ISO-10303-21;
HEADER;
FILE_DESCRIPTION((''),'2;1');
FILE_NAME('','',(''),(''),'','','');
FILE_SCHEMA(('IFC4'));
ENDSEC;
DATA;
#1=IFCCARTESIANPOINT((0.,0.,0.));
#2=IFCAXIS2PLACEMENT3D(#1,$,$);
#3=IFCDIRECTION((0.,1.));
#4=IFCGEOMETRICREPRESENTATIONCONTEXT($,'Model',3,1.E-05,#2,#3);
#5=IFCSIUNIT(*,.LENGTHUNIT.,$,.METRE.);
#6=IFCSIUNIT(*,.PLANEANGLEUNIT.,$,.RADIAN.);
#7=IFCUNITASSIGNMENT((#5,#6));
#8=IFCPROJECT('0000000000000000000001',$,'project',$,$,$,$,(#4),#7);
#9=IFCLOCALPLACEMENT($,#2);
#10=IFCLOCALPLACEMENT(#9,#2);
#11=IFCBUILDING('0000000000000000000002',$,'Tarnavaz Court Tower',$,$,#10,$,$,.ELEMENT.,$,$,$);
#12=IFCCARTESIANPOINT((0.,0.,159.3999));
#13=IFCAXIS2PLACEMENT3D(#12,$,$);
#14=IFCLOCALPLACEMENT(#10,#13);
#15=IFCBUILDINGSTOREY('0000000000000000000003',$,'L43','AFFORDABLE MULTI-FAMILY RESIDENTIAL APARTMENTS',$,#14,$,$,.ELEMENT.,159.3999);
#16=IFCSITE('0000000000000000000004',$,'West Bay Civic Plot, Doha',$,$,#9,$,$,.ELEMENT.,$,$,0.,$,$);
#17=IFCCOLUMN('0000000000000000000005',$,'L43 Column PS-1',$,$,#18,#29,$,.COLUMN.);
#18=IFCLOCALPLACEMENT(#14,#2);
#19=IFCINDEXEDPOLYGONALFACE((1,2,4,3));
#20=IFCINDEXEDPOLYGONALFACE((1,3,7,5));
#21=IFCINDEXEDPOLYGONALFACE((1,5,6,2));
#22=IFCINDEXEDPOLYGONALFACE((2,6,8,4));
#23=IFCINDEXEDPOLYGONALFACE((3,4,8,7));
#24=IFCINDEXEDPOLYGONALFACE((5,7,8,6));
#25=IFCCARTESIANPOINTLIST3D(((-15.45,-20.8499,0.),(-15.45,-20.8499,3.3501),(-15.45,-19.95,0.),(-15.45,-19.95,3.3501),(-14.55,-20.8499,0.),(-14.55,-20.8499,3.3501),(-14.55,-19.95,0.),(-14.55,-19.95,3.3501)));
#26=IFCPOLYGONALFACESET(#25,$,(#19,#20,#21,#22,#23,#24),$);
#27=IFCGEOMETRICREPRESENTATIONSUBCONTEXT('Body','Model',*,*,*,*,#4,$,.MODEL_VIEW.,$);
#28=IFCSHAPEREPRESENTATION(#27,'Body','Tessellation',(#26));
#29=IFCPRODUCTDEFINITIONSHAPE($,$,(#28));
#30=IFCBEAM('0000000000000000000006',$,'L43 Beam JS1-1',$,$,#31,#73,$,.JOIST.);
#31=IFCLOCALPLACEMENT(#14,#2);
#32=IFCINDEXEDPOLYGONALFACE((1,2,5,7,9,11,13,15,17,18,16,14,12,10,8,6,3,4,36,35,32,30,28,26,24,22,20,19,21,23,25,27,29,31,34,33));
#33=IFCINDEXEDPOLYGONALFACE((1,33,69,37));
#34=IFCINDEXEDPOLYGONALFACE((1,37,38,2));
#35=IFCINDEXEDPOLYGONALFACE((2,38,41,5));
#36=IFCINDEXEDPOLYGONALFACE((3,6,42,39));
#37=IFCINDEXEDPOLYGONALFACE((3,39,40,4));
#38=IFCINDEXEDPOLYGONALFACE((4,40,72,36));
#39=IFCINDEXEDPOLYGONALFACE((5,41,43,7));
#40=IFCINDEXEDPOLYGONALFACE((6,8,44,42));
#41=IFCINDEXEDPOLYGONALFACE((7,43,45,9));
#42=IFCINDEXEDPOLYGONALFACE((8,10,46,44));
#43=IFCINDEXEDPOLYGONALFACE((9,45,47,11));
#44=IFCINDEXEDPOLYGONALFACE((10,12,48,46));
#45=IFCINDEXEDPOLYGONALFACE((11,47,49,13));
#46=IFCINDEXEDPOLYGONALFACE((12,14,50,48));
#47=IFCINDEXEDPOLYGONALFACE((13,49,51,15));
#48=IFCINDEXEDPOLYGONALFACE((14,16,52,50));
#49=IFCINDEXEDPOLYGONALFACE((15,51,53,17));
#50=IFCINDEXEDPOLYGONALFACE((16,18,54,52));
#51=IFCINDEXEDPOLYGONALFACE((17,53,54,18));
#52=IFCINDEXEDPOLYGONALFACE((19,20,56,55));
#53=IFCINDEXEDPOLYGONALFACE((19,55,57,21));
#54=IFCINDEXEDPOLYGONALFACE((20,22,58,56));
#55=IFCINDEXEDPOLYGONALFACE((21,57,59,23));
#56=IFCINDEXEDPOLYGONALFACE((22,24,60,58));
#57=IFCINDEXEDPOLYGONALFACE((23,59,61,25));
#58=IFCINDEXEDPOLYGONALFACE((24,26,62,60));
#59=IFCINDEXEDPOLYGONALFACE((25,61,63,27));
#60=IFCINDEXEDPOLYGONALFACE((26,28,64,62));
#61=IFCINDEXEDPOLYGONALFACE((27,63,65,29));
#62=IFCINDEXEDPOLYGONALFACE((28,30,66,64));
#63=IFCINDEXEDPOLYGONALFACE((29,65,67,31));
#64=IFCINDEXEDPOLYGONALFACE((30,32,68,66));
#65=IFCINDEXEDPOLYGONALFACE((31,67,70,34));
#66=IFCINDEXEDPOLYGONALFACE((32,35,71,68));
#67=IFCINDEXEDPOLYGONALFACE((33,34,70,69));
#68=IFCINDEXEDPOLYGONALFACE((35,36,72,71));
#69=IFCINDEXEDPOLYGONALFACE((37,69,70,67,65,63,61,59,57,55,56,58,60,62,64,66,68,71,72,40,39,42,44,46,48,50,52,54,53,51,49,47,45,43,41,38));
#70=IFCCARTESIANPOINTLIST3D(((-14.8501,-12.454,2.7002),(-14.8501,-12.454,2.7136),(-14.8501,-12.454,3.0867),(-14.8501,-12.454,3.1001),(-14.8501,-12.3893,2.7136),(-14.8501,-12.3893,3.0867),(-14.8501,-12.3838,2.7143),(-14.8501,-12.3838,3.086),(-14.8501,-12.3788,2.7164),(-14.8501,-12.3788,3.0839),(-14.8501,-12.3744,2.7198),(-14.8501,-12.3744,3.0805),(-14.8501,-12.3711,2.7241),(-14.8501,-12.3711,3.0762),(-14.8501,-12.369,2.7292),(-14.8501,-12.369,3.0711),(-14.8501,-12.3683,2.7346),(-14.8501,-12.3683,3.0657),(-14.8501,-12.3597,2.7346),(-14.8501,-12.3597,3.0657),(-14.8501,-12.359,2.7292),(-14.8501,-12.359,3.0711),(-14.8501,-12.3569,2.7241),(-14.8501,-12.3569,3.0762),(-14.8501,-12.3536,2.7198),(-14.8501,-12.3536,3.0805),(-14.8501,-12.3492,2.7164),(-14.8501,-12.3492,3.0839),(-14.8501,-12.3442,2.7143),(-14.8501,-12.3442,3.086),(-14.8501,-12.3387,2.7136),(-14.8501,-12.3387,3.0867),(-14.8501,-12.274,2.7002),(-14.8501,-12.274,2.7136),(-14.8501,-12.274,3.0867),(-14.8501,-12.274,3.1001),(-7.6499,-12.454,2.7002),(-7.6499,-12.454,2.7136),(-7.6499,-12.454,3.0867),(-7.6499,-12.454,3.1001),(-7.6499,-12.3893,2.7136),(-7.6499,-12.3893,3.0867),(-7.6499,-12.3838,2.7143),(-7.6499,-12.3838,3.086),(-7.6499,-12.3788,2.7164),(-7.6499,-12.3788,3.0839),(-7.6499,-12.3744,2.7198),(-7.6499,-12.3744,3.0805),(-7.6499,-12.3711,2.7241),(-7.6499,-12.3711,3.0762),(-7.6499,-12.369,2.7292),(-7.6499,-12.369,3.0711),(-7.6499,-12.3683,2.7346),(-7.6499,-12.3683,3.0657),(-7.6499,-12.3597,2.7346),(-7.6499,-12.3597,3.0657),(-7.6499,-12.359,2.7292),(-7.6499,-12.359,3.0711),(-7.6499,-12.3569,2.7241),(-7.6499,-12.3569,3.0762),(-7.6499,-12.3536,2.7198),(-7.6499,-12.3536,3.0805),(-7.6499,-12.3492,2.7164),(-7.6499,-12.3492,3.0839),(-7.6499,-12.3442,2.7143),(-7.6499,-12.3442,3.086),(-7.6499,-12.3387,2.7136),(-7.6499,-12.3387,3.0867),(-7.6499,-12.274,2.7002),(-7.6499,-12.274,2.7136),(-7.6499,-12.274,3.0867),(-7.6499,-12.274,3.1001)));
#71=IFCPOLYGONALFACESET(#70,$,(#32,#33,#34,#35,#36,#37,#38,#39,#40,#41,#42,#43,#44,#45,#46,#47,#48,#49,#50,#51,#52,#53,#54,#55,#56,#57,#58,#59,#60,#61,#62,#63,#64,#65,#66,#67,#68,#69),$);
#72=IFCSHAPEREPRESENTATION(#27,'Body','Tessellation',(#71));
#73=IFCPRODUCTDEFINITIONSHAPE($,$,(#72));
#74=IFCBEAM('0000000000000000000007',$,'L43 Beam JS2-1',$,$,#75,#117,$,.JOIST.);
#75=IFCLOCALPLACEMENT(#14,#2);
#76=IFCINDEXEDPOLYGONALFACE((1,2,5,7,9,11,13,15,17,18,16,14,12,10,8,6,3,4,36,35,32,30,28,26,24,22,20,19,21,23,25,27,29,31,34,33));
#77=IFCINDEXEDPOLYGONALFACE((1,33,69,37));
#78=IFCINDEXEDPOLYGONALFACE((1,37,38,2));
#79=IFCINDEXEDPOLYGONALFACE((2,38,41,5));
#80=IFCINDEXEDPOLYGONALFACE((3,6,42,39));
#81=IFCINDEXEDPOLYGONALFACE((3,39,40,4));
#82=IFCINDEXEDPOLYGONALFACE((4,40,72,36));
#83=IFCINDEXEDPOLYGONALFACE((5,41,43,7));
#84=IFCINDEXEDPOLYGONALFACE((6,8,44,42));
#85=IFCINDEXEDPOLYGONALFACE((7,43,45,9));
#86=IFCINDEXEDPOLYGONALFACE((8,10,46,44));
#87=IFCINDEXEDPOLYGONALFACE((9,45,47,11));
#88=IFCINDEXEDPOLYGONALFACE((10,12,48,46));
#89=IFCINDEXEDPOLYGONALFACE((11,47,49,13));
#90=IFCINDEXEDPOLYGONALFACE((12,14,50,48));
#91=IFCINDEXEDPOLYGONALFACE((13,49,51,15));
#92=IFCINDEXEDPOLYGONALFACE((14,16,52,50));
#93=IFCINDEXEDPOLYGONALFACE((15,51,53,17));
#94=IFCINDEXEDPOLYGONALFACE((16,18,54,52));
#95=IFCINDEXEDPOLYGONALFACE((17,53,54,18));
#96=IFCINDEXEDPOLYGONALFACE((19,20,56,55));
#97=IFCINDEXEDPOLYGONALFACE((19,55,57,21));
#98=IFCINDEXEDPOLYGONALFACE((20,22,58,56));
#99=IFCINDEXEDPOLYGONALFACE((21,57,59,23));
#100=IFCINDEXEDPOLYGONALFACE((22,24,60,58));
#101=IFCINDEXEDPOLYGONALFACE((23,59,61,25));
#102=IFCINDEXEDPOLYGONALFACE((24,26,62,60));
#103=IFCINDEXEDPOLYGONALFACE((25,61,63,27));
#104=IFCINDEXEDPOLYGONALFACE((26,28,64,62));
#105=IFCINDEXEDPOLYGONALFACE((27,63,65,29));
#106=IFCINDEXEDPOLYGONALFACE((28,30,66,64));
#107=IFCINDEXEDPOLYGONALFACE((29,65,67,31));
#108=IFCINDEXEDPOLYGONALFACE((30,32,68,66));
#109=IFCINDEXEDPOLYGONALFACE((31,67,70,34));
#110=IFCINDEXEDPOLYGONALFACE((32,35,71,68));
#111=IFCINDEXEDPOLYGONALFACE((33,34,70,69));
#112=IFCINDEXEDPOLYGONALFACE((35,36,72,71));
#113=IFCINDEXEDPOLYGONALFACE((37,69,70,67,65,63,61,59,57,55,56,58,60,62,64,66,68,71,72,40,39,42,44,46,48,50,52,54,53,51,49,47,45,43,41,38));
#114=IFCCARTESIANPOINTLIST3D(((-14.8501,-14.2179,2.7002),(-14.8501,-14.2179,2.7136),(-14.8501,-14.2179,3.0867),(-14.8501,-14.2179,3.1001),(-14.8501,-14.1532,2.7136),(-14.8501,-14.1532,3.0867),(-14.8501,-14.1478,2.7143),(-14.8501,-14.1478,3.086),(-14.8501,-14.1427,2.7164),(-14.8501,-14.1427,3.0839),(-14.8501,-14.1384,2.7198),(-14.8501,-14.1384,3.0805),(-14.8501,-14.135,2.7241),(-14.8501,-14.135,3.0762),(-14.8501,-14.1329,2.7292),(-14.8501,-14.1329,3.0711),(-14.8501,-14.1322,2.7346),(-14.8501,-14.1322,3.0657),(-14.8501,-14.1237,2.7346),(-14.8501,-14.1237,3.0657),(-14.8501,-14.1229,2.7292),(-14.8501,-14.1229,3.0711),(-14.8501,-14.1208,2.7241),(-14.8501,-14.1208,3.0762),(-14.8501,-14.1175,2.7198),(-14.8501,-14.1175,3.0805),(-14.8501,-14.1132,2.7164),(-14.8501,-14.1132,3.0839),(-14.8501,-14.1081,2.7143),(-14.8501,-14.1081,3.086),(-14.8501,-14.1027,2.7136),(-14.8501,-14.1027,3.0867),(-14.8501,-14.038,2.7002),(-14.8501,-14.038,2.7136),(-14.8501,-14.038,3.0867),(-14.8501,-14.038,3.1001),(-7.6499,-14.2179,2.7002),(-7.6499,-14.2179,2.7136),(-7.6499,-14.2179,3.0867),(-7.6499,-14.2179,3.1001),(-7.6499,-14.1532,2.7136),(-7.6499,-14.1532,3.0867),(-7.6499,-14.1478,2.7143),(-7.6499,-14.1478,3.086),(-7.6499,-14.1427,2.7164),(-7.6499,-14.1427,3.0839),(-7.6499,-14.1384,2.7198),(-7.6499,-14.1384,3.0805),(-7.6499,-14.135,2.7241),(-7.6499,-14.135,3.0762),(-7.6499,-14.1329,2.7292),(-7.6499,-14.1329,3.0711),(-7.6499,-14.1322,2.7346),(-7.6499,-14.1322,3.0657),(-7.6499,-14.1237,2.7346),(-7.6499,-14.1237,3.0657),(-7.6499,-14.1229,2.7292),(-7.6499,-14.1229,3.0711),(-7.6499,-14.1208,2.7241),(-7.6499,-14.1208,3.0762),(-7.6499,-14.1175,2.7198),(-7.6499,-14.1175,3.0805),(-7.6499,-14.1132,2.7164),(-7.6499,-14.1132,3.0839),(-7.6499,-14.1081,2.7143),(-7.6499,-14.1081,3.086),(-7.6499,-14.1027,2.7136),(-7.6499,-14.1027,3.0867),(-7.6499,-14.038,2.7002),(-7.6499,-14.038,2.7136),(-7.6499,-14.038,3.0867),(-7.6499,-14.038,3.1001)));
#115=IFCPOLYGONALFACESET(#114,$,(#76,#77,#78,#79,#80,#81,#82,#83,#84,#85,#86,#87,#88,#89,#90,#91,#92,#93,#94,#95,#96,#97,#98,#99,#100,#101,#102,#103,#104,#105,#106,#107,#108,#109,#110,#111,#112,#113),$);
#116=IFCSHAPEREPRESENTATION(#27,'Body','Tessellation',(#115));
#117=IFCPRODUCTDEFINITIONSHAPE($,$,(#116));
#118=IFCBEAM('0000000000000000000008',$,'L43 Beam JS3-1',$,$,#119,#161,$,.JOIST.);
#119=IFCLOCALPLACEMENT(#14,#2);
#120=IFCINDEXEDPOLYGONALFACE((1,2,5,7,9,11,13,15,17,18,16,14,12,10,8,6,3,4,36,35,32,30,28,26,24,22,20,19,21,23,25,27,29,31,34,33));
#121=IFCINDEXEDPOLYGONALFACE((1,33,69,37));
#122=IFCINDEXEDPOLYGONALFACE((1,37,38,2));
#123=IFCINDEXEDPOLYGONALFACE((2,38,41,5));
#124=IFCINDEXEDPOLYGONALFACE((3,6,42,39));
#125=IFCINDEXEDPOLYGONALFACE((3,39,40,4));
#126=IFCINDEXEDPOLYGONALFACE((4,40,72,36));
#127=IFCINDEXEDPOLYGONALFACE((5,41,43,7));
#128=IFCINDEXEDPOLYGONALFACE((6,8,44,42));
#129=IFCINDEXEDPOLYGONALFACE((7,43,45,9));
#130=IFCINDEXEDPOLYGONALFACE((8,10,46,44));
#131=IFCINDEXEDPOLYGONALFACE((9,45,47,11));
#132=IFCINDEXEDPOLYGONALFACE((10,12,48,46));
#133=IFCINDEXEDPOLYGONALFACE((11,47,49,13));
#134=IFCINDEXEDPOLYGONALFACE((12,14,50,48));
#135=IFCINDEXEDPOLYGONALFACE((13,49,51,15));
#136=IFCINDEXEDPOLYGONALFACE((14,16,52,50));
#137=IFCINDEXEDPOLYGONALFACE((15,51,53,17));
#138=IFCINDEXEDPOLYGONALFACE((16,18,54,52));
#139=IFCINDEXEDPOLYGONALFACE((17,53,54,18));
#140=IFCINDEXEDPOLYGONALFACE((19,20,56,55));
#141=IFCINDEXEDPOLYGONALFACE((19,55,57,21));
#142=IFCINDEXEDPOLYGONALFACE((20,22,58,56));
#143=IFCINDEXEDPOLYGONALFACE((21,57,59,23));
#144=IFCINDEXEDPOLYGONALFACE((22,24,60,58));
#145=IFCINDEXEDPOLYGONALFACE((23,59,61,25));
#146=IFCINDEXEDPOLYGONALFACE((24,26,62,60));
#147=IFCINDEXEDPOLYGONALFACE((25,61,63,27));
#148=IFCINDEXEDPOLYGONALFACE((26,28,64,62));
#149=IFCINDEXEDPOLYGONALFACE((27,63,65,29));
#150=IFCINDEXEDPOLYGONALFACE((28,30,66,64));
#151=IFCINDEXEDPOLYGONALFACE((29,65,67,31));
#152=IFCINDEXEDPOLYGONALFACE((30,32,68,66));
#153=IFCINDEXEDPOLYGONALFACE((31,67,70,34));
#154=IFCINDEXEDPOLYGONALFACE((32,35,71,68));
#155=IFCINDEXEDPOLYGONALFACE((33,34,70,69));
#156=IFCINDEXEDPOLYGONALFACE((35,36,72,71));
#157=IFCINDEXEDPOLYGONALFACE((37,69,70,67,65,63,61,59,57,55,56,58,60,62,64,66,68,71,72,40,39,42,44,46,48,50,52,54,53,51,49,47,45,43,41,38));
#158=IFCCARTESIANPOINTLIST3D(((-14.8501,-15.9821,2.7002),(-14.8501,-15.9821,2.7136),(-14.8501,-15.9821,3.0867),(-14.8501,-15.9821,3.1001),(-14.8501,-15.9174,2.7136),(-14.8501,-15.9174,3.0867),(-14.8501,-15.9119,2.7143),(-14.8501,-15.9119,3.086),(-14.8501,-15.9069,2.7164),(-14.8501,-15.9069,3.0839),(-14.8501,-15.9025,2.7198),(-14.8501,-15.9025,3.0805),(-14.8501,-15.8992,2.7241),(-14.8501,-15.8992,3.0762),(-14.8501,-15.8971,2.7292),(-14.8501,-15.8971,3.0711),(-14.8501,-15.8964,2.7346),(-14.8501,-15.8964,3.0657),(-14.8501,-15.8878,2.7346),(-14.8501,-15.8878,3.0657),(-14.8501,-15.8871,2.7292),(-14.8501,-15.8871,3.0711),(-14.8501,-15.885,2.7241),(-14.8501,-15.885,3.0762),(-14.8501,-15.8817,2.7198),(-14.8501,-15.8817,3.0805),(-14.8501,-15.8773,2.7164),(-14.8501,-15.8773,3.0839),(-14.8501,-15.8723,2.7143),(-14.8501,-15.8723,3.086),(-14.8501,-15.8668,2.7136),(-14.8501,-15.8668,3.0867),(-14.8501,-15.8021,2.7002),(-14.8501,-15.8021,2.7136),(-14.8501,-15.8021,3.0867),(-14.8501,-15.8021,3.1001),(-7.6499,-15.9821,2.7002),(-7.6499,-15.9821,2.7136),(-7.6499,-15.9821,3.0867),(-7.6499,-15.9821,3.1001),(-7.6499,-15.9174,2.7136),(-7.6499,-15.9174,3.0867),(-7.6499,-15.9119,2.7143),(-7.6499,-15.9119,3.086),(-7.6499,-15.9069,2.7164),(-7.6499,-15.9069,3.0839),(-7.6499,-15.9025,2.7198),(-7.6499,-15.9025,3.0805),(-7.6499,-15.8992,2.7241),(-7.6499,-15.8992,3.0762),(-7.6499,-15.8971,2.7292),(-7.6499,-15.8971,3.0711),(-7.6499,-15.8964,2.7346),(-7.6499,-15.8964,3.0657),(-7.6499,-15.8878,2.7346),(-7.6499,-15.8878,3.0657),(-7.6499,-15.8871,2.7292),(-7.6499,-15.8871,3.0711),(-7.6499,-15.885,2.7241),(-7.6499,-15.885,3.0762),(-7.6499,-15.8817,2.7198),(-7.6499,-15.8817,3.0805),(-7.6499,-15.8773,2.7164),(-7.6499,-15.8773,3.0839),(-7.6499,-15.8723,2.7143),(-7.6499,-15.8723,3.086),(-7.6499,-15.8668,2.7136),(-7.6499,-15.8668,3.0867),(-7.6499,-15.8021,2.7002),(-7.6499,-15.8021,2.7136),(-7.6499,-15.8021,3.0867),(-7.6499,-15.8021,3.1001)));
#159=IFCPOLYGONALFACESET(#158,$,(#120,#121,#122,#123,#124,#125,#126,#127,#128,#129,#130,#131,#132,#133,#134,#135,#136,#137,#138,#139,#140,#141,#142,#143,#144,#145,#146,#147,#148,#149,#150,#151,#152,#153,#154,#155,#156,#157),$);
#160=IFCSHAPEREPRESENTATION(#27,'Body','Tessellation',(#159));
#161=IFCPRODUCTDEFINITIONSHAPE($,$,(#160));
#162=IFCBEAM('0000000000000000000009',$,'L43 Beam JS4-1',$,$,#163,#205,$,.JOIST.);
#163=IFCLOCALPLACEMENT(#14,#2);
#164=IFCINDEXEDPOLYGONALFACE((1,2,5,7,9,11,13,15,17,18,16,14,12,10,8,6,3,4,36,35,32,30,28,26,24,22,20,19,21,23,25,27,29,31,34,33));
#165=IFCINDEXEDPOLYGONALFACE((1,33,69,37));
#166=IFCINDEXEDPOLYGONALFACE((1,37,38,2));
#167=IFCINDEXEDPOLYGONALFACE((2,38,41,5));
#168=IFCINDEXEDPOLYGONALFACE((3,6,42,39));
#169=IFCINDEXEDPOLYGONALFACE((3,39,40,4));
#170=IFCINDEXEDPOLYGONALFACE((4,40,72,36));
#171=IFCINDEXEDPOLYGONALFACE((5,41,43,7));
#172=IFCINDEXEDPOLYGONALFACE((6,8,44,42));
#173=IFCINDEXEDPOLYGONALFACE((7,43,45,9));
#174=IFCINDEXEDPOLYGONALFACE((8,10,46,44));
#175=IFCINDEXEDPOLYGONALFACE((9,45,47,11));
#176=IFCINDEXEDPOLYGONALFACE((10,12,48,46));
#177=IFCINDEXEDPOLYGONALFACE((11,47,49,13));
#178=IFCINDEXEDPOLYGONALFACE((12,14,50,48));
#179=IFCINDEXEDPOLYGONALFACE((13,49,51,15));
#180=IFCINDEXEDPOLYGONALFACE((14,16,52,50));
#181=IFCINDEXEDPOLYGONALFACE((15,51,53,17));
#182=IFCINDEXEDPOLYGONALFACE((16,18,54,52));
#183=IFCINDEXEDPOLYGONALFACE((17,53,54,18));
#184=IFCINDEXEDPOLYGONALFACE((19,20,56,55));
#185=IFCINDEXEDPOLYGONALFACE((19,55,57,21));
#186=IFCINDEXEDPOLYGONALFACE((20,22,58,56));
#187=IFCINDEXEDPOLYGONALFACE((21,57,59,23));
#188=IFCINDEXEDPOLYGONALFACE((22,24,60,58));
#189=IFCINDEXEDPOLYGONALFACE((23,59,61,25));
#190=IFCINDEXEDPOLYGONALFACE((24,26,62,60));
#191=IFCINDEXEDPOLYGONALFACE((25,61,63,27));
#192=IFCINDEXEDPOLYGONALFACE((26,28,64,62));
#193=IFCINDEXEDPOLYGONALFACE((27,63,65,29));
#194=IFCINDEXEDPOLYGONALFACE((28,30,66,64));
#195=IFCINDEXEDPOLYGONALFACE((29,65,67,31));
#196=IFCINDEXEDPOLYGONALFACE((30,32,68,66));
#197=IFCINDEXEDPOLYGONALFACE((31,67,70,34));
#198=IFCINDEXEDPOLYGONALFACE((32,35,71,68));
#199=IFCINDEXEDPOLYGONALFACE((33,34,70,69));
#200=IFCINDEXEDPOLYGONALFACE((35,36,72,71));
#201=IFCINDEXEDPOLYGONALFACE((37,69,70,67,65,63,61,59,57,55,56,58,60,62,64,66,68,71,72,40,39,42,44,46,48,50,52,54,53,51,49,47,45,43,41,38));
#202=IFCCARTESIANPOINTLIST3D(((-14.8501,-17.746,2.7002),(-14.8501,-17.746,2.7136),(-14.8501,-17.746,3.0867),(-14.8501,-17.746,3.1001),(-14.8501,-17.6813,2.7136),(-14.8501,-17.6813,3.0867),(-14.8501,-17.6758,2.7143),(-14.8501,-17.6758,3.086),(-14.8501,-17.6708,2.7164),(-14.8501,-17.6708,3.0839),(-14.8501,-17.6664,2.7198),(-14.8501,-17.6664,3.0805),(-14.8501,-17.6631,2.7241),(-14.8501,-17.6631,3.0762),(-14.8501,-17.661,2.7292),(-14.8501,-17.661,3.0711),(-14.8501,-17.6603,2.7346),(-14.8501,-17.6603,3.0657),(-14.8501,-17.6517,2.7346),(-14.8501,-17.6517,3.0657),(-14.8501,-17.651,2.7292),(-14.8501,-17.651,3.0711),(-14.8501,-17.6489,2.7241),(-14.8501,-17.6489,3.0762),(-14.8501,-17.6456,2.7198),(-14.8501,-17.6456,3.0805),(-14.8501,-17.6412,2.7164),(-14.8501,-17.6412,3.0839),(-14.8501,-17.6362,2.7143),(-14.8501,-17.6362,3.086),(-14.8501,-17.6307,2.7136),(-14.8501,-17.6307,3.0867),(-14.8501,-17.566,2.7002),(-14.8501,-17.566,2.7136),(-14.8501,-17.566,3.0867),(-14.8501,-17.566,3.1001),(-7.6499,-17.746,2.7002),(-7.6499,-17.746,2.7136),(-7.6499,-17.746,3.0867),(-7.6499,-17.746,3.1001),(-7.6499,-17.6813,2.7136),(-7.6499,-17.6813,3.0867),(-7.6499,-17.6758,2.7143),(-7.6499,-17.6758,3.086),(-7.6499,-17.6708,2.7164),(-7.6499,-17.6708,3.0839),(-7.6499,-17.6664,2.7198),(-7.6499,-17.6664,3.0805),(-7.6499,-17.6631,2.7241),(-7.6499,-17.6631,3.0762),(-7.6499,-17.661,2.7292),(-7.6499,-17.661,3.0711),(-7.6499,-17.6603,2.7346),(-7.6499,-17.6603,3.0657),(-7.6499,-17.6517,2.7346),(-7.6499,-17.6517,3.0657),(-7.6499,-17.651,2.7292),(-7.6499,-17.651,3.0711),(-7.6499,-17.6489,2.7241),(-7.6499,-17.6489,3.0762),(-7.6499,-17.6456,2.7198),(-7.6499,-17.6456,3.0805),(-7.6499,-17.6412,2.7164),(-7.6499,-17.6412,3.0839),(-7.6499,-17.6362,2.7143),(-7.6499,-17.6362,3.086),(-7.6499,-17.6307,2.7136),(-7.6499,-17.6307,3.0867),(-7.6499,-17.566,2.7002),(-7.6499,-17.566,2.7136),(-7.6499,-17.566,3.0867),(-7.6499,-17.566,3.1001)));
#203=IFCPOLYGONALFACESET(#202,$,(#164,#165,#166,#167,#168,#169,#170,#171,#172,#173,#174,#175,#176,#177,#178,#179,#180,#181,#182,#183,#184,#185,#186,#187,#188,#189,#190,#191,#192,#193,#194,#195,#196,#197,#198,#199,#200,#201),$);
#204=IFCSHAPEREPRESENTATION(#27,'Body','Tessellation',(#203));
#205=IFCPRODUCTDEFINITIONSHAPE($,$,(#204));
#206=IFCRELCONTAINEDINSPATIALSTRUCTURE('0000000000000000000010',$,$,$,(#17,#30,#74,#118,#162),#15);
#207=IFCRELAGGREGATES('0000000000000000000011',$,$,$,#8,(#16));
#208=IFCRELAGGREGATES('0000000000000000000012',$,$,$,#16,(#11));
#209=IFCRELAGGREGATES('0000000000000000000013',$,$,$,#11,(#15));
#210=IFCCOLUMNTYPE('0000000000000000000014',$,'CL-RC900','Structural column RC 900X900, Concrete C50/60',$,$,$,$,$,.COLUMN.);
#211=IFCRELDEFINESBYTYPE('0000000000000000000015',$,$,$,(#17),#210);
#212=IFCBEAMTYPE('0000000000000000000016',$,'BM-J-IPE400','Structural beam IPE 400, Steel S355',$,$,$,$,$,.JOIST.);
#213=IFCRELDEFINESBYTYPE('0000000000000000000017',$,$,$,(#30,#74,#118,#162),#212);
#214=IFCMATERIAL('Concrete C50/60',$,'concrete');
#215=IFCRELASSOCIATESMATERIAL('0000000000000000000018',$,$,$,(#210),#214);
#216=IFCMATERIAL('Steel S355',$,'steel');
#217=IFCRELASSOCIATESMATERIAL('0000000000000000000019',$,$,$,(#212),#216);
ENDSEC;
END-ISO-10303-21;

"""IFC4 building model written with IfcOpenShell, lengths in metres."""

from ifc_helpers import new_model, si_unit, direction, frame, origin, origin_2d, place, context, subcontext, project, spatial, rectangle, i_section, extrude, material, material_profile, profile_set, type_object, element, save


model = new_model("IFC4")

# Units and contexts
model_context = context("Model", 3, precision=1e-05, world=origin(), true_north=direction((0.0, 1.0)))
body_context = subcontext(model_context, "Body", "Model", "MODEL_VIEW")
ifc_project = project(units=[si_unit("LENGTHUNIT", "METRE"), si_unit("PLANEANGLEUNIT", "RADIAN")], contexts=[model_context])

# Site, building, storey
site_placement = place(None, origin())
site = spatial("IfcSite", under=ifc_project, at=site_placement, Name="West Bay Civic Plot, Doha", CompositionType="ELEMENT", RefElevation=0.0)
building_placement = place(site_placement, origin())
building = spatial("IfcBuilding", under=site, at=building_placement, Name="Tarnavaz Court Tower", CompositionType="ELEMENT")
storey_placement = place(building_placement, frame((0.0, 0.0, 159.3999)))
storey = spatial("IfcBuildingStorey", under=building, at=storey_placement, Name="L43", Description="AFFORDABLE MULTI-FAMILY RESIDENTIAL APARTMENTS", CompositionType="ELEMENT", Elevation=159.3999)

# Column
ifc_material_1 = material(Name="Concrete C50/60", Category="concrete")
ifc_material_profile_1 = material_profile(ifc_material_1, rectangle(XDim=0.8999, YDim=0.8999, at=origin_2d()), Name="RC 900X900")
ifc_profile_set_1 = profile_set([ifc_material_profile_1], Name="Concrete C50/60")
column_type = type_object("IfcColumnType", Name="CL-RC900", Description="Structural column RC 900X900, Concrete C50/60", PredefinedType="COLUMN", material=ifc_profile_set_1)
column_placement = place(storey_placement, frame((-15.0, -20.3999, 0.0), z_axis=(0.0, 0.0, 1.0), x_axis=(1.0, 0.0, 0.0)))
element("IfcColumn", 1, at=column_placement, inside=storey, type_object=column_type, Name="L43 Column PS-1", PredefinedType="COLUMN", context=body_context, shape_type="SweptSolid", body=[
    extrude(rectangle(XDim=0.8999, YDim=0.8999, at=origin_2d()), origin(), (0.0, 0.0, 1.0), 3.3501),
])

# Beams
ifc_material_2 = material(Name="Steel S355", Category="steel")
ifc_material_profile_2 = material_profile(ifc_material_2, i_section(OverallWidth=0.1799, OverallDepth=0.3999, WebThickness=0.0085, FlangeThickness=0.0134, FilletRadius=0.021, at=origin_2d()), Name="IPE 400")
ifc_profile_set_2 = profile_set([ifc_material_profile_2], Name="Steel S355")
beam_type_1 = type_object("IfcBeamType", Name="BM-J-IPE400", Description="Structural beam IPE 400, Steel S355", PredefinedType="JOIST", material=ifc_profile_set_2)
for number, where, z_axis, x_axis, name in (
    (2, (-14.8501, -12.364, 2.9001), (1.0, 0.0, 0.0), (0.0, 1.0, 0.0), "L43 Beam JS1-1"),
    (3, (-14.8501, -14.1279, 2.9001), (1.0, 0.0, 0.0), (0.0, 1.0, 0.0), "L43 Beam JS2-1"),
    (4, (-14.8501, -15.8921, 2.9001), (1.0, 0.0, 0.0), (0.0, 1.0, 0.0), "L43 Beam JS3-1"),
    (5, (-14.8501, -17.656, 2.9001), (1.0, 0.0, 0.0), (0.0, 1.0, 0.0), "L43 Beam JS4-1"),
):
    element("IfcBeam", number, at=place(storey_placement, frame(where, z_axis=z_axis, x_axis=x_axis)), inside=storey, type_object=beam_type_1, Name=name, PredefinedType="JOIST", context=body_context, shape_type="SweptSolid", body=[
        extrude(i_section(OverallWidth=0.1799, OverallDepth=0.3999, WebThickness=0.0085, FlangeThickness=0.0134, FilletRadius=0.021, at=origin_2d()), origin(), (0.0, 0.0, 1.0), 7.2002),
    ])

save(model, "model.ifc")
